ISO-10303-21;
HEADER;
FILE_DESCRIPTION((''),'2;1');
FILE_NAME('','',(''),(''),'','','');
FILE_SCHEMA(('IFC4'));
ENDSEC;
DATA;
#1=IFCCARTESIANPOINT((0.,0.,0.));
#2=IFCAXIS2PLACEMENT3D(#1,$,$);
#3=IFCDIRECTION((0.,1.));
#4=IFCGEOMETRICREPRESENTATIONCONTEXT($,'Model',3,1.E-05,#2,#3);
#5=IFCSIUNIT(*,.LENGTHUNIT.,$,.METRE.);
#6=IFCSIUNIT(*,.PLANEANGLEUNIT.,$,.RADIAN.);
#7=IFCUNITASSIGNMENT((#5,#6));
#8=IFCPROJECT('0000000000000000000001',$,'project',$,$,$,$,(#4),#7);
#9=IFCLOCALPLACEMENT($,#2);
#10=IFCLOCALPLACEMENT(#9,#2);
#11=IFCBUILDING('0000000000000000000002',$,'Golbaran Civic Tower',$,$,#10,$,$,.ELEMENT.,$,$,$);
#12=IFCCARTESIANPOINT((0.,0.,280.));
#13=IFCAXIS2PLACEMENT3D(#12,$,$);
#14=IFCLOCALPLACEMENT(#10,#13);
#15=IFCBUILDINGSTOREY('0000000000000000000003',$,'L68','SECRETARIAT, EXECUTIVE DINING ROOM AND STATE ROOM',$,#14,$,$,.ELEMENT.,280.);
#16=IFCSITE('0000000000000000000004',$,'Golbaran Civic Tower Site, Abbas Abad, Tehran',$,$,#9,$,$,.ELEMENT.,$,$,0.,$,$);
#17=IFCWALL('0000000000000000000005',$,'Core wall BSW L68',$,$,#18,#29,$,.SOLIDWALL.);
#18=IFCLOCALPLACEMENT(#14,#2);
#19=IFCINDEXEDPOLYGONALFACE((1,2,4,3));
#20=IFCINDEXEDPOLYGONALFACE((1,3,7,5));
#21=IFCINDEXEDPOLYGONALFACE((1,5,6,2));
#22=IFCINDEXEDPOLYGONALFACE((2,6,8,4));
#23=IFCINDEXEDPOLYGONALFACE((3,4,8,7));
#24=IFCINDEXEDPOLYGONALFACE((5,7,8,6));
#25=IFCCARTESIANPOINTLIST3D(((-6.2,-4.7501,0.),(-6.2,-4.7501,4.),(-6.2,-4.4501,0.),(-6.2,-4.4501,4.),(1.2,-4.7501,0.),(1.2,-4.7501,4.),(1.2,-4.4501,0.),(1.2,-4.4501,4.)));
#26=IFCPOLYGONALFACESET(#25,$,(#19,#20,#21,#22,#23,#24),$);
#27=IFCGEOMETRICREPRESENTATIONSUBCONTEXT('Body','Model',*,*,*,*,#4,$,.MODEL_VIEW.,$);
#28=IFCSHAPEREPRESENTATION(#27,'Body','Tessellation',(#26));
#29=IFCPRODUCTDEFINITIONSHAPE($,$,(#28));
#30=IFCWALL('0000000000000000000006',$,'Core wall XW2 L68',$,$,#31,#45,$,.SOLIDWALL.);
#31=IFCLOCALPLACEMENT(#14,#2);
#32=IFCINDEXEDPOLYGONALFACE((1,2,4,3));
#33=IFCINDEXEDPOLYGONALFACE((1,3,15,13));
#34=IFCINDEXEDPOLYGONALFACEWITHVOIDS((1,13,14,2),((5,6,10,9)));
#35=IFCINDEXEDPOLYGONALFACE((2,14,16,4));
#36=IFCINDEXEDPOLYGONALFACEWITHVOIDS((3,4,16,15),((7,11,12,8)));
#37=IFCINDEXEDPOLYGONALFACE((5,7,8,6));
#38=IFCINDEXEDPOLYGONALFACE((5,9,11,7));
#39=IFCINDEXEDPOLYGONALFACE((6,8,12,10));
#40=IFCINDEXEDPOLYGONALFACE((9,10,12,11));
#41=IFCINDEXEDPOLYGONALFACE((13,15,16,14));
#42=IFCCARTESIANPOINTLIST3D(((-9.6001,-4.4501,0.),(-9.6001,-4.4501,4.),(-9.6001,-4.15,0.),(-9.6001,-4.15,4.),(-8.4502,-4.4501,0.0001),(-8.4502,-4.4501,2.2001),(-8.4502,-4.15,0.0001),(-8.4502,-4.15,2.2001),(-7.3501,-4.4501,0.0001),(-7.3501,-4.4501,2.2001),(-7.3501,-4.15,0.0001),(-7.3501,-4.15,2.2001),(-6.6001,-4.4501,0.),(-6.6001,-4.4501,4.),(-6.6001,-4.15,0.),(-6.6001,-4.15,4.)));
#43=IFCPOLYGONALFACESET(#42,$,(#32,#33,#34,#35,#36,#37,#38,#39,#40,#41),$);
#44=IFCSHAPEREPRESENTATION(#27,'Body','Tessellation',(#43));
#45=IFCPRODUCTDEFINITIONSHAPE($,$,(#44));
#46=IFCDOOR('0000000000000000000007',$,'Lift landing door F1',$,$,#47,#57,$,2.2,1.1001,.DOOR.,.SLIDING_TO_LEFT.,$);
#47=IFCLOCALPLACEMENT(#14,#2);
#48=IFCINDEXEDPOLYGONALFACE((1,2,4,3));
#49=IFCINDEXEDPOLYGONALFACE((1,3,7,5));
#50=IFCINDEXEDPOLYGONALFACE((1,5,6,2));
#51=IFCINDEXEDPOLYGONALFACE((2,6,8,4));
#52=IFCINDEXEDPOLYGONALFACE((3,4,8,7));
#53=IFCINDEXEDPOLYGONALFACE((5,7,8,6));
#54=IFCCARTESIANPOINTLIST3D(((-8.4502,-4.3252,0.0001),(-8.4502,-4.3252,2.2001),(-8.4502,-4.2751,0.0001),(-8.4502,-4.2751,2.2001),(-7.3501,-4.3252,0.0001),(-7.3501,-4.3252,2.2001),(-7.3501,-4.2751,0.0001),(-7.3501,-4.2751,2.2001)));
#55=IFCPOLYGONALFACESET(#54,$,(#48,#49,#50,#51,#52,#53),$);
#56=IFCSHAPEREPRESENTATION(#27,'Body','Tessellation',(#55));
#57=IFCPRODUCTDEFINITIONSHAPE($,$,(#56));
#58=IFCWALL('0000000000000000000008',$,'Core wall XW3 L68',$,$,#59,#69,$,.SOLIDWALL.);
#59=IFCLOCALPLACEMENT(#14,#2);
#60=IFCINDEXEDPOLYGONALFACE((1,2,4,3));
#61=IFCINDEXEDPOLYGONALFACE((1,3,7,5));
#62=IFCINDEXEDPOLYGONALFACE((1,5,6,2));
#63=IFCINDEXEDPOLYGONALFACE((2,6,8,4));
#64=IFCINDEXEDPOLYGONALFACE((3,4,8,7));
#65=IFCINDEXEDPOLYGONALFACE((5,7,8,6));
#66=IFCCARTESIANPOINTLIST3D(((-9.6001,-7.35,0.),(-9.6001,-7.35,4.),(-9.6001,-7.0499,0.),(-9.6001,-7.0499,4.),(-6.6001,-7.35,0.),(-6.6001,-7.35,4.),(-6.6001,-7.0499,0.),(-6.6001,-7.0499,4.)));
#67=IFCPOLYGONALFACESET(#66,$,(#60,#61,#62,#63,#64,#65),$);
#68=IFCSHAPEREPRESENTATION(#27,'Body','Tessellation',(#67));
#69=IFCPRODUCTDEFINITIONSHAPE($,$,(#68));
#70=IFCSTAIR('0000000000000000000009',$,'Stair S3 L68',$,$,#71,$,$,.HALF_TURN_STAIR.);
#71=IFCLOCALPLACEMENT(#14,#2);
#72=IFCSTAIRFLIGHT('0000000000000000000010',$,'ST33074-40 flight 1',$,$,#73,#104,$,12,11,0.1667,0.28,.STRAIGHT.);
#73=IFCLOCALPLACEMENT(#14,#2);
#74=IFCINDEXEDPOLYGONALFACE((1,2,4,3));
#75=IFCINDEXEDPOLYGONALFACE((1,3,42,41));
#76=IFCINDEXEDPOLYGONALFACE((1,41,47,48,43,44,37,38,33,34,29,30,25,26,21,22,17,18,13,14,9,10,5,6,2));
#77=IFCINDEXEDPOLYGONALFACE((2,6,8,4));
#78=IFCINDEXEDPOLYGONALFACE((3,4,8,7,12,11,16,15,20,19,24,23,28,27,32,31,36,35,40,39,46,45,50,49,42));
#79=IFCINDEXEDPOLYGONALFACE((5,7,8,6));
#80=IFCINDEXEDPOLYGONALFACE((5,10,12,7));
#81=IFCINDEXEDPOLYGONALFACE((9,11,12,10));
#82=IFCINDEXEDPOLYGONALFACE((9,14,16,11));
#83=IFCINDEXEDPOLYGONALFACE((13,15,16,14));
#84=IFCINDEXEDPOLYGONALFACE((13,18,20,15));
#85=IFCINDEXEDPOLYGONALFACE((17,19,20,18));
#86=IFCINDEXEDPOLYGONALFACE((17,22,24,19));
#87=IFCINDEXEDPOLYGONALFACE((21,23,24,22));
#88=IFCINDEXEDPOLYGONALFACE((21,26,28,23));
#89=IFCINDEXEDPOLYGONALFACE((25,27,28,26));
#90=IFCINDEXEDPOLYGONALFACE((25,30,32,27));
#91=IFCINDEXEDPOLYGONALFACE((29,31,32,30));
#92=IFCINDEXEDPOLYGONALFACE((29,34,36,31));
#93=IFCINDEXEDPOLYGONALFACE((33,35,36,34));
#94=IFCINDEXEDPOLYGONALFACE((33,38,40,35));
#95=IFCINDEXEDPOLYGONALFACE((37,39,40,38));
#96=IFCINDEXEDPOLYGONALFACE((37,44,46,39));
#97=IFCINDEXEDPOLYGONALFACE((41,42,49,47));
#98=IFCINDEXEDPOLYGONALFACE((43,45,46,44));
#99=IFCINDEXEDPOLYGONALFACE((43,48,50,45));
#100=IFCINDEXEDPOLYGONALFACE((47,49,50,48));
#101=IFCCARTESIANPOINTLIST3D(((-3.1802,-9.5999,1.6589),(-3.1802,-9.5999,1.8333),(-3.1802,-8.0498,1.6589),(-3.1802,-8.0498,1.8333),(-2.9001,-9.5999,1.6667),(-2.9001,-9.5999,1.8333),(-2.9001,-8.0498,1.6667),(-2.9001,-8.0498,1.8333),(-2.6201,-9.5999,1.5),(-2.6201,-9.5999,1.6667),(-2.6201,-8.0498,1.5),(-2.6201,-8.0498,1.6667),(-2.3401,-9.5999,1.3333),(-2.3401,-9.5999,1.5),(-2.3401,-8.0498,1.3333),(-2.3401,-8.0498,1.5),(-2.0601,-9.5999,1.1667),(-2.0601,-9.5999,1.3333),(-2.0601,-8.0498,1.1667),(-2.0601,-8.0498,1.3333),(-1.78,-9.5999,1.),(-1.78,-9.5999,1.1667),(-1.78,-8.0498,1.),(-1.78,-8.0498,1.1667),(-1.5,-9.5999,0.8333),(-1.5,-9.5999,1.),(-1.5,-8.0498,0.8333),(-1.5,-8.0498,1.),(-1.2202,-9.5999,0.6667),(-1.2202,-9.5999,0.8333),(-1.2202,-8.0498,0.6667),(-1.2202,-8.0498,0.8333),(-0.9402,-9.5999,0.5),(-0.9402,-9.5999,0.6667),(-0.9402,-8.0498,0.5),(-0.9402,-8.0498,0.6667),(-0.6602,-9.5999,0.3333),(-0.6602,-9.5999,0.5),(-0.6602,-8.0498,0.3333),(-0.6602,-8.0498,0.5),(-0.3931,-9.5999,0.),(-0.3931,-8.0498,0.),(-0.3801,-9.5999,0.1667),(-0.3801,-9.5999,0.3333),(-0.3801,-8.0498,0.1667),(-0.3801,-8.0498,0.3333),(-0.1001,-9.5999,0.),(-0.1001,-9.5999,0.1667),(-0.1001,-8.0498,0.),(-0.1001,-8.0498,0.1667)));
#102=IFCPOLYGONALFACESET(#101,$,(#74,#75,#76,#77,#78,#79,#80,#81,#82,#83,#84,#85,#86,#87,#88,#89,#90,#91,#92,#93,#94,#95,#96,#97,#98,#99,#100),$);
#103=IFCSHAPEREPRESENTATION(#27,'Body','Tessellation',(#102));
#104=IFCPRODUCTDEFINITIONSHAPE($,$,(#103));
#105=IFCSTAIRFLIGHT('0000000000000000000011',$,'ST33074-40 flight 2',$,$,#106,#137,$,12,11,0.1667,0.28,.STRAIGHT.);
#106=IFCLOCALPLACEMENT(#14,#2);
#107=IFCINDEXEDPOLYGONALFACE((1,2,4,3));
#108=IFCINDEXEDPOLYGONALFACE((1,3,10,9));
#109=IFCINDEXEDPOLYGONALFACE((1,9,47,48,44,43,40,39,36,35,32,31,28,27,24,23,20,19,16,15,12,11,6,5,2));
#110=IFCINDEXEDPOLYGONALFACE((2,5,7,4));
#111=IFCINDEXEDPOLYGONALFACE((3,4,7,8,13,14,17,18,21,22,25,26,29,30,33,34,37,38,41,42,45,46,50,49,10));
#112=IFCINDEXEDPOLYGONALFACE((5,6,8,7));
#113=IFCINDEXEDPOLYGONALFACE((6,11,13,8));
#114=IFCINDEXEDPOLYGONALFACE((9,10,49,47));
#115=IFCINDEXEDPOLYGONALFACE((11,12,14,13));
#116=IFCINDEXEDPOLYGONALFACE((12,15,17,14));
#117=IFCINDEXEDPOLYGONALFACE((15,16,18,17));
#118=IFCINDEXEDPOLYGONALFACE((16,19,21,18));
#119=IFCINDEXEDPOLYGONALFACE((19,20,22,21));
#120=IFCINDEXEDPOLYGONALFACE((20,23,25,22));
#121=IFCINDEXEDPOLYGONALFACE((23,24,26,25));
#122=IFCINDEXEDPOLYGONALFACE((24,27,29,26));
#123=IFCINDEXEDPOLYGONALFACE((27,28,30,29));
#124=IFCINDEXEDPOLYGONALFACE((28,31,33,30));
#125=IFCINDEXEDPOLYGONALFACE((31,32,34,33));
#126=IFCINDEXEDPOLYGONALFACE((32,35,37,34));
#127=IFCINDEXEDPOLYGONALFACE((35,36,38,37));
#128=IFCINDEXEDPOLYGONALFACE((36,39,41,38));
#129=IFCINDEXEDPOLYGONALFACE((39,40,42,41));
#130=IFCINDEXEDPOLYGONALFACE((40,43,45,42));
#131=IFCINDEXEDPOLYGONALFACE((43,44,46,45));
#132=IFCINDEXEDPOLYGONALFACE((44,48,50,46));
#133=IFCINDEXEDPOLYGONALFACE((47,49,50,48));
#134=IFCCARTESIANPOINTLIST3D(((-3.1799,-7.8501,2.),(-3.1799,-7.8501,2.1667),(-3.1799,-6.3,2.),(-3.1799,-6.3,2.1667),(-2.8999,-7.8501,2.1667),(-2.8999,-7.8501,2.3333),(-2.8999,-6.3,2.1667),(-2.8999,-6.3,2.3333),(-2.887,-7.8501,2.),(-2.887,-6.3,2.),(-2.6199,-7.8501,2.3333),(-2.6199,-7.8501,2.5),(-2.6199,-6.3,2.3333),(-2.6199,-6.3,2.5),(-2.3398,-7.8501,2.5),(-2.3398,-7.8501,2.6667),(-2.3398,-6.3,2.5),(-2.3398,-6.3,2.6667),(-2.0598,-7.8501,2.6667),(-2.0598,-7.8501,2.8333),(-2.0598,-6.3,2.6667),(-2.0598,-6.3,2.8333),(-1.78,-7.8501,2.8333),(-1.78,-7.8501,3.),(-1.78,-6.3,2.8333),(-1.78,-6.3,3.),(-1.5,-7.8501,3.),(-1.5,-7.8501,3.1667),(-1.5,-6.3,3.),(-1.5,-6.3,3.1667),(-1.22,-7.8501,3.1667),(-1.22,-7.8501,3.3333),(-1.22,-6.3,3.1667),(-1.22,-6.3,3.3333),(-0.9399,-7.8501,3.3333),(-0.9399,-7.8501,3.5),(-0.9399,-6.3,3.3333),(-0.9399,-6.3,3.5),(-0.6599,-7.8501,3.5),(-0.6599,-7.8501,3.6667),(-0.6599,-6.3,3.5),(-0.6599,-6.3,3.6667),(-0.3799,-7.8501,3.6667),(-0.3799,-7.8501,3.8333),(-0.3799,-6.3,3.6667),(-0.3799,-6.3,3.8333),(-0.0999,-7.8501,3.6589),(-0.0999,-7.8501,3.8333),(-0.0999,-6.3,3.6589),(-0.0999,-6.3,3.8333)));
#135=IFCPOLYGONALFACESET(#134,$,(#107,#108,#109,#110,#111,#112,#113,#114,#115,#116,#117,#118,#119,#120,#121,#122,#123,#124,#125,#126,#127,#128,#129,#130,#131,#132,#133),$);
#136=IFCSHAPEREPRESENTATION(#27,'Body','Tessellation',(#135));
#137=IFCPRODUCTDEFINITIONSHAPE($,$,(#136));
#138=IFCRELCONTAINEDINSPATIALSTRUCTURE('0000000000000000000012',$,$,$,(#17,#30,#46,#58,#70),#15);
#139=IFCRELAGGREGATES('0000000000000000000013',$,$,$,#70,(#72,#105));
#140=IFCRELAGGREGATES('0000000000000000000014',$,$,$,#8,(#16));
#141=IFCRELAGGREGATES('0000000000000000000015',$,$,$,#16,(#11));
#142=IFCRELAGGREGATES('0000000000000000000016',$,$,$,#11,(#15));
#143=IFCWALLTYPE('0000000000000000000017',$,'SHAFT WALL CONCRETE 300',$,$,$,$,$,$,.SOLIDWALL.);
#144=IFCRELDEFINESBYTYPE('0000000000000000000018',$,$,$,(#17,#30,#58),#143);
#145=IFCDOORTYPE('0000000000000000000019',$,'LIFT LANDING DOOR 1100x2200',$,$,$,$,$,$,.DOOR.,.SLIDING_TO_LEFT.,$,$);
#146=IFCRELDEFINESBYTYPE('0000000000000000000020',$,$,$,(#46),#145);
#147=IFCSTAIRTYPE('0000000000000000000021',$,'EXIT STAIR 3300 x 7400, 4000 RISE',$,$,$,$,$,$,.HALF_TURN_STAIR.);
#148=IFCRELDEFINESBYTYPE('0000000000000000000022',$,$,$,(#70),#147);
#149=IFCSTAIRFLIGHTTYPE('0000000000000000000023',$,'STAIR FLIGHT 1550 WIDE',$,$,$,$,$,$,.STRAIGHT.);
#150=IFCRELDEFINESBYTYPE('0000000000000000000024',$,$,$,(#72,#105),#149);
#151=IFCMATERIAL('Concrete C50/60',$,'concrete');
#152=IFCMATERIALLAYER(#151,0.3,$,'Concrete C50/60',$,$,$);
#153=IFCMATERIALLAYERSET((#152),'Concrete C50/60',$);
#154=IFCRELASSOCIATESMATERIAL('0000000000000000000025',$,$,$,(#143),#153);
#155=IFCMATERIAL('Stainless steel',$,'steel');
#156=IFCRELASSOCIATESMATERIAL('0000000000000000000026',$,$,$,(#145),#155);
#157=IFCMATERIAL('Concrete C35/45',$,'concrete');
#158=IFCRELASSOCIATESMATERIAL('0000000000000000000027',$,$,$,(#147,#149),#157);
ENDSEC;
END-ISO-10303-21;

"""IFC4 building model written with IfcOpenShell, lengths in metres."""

from ifc_helpers import new_model, si_unit, direction, frame, frame_2d, origin, place, context, subcontext, project, spatial, polyline, rectangle, outline, extrude, material, layer, layer_set, type_object, element, fill, aggregate, save


model = new_model("IFC4")

# Units and contexts
model_context = context("Model", 3, precision=1e-05, world=origin(), true_north=direction((0.0, 1.0)))
body_context = subcontext(model_context, "Body", "Model", "MODEL_VIEW")
ifc_project = project(units=[si_unit("LENGTHUNIT", "METRE"), si_unit("PLANEANGLEUNIT", "RADIAN")], contexts=[model_context])

# Site, building, storey
site_placement = place(None, origin())
site = spatial("IfcSite", under=ifc_project, at=site_placement, Name="Golbaran Civic Tower Site, Abbas Abad, Tehran", CompositionType="ELEMENT", RefElevation=0.0)
building_placement = place(site_placement, origin())
building = spatial("IfcBuilding", under=site, at=building_placement, Name="Golbaran Civic Tower", CompositionType="ELEMENT")
storey_placement = place(building_placement, frame((0.0, 0.0, 280.0)))
storey = spatial("IfcBuildingStorey", under=building, at=storey_placement, Name="L68", Description="SECRETARIAT, EXECUTIVE DINING ROOM AND STATE ROOM", CompositionType="ELEMENT", Elevation=280.0)

# Shared definitions
ifc_material_1 = material(Name="Concrete C50/60", Category="concrete")

# Shared definitions
ifc_layer_1 = layer(ifc_material_1, 0.3, Name="Concrete C50/60")
ifc_layer_set_1 = layer_set([ifc_layer_1], Name="Concrete C50/60")
wall_type_1 = type_object("IfcWallType", Name="SHAFT WALL CONCRETE 300", PredefinedType="SOLIDWALL", material=ifc_layer_set_1)

# Wall
wall_1_placement = place(storey_placement, frame((-6.2, -4.6001, 0.0), z_axis=(0.0, 0.0, 1.0), x_axis=(1.0, 0.0, 0.0)))
element("IfcWall", 1, at=wall_1_placement, inside=storey, type_object=wall_type_1, Name="Core wall BSW L68", PredefinedType="SOLIDWALL", context=body_context, shape_type="SweptSolid", body=[
    extrude(rectangle(XDim=7.3999, YDim=0.3, at=frame_2d((3.7, 0.0))), origin(), (0.0, 0.0, 1.0), 4.0),
])

# Wall, opening, door
wall_2_placement = place(storey_placement, frame((-9.6001, -4.3, 0.0), z_axis=(0.0, 0.0, 1.0), x_axis=(1.0, 0.0, 0.0)))
wall_2 = element("IfcWall", 2, at=wall_2_placement, inside=storey, type_object=wall_type_1, Name="Core wall XW2 L68", PredefinedType="SOLIDWALL", context=body_context, shape_type="SweptSolid", body=[
    extrude(rectangle(XDim=3.0, YDim=0.3, at=frame_2d((1.5, 0.0))), origin(), (0.0, 0.0, 1.0), 4.0),
])
opening_1_placement = place(wall_2_placement, frame((1.1499, 0.0, 0.0)))
opening_1 = element("IfcOpeningElement", 3, at=opening_1_placement, cuts=wall_2, PredefinedType="OPENING", context=body_context, shape_type="SweptSolid", body=[
    extrude(rectangle(XDim=1.1001, YDim=2.2, at=frame_2d((0.55, 1.1001))), frame((0.0, 0.1599, 0.0), z_axis=(0.0, -1.0, 0.0), x_axis=(1.0, 0.0, 0.0)), (0.0, 0.0, 1.0), 0.3201),
])
ifc_material_2 = material(Name="Stainless steel", Category="steel")
door_type_1 = type_object("IfcDoorType", Name="LIFT LANDING DOOR 1100x2200", OperationType="SLIDING_TO_LEFT", PredefinedType="DOOR", material=ifc_material_2)
door_1_placement = place(opening_1_placement, origin())
door_1 = element("IfcDoor", 4, at=door_1_placement, inside=storey, type_object=door_type_1, Name="Lift landing door F1", OperationType="SLIDING_TO_LEFT", OverallHeight=2.2, OverallWidth=1.1001, PredefinedType="DOOR", context=body_context, shape_type="SweptSolid", body=[
    extrude(rectangle(XDim=1.1001, YDim=2.2, at=frame_2d((0.55, 1.1001))), frame((0.0, 0.0249, 0.0), z_axis=(0.0, -1.0, 0.0), x_axis=(1.0, 0.0, 0.0)), (0.0, 0.0, 1.0), 0.05),
])
fill(opening_1, door_1)

# Wall
wall_3_placement = place(storey_placement, frame((-9.6001, -7.2, 0.0), z_axis=(0.0, 0.0, 1.0), x_axis=(1.0, 0.0, 0.0)))
element("IfcWall", 5, at=wall_3_placement, inside=storey, type_object=wall_type_1, Name="Core wall XW3 L68", PredefinedType="SOLIDWALL", context=body_context, shape_type="SweptSolid", body=[
    extrude(rectangle(XDim=3.0, YDim=0.3, at=frame_2d((1.5, 0.0))), origin(), (0.0, 0.0, 1.0), 4.0),
])

# Stair, stair flights
ifc_material_3 = material(Name="Concrete C35/45", Category="concrete")
stair_type = type_object("IfcStairType", Name="EXIT STAIR 3300 x 7400, 4000 RISE", PredefinedType="HALF_TURN_STAIR", material=ifc_material_3)
stair_placement = place(storey_placement, origin())
stair = element("IfcStair", 6, at=stair_placement, inside=storey, type_object=stair_type, Name="Stair S3 L68", PredefinedType="HALF_TURN_STAIR")
stair_flight_type = type_object("IfcStairFlightType", Name="STAIR FLIGHT 1550 WIDE", PredefinedType="STRAIGHT", material=ifc_material_3)
stair_flight_1_placement = place(storey_placement, frame((-0.1001, -8.825, 0.0), z_axis=(0.0, 0.0, 1.0), x_axis=(-1.0, 0.0, 0.0)))
stair_flight_1 = element("IfcStairFlight", 7, at=stair_flight_1_placement, type_object=stair_flight_type, Name="ST33074-40 flight 1", NumberOfRisers=12, NumberOfTreads=11, PredefinedType="STRAIGHT", RiserHeight=0.1667, TreadLength=0.28, context=body_context, shape_type="SweptSolid", body=[
    extrude(outline(polyline([(0.0, 0.0), (0.0, 0.1667), (0.28, 0.1667), (0.28, 0.3333), (0.5601, 0.3333), (0.5601, 0.5), (0.8401, 0.5), (0.8401, 0.6667), (1.1201, 0.6667), (1.1201, 0.8333), (1.3999, 0.8333), (1.3999, 1.0), (1.6799, 1.0), (1.6799, 1.1667), (1.96, 1.1667), (1.96, 1.3333), (2.24, 1.3333), (2.24, 1.5), (2.52, 1.5), (2.52, 1.6667), (2.8, 1.6667), (2.8, 1.8333), (3.0801, 1.8333), (3.0801, 2.0), (3.0801, 1.6589), (0.293, 0.0), (0.0, 0.0)])), frame((0.0, 0.7749, 0.0), z_axis=(0.0, -1.0, 0.0), x_axis=(1.0, 0.0, 0.0)), (0.0, 0.0, 1.0), 1.55),
])
stair_flight_2_placement = place(storey_placement, frame((-3.1799, -7.075, 2.0), z_axis=(0.0, 0.0, 1.0), x_axis=(1.0, 0.0, 0.0)))
stair_flight_2 = element("IfcStairFlight", 8, at=stair_flight_2_placement, type_object=stair_flight_type, Name="ST33074-40 flight 2", NumberOfRisers=12, NumberOfTreads=11, PredefinedType="STRAIGHT", RiserHeight=0.1667, TreadLength=0.28, context=body_context, shape_type="SweptSolid", body=[
    extrude(outline(polyline([(0.0, 0.0), (0.0, 0.1667), (0.28, 0.1667), (0.28, 0.3333), (0.5601, 0.3333), (0.5601, 0.5), (0.8401, 0.5), (0.8401, 0.6667), (1.1201, 0.6667), (1.1201, 0.8333), (1.3999, 0.8333), (1.3999, 1.0), (1.6799, 1.0), (1.6799, 1.1667), (1.96, 1.1667), (1.96, 1.3333), (2.24, 1.3333), (2.24, 1.5), (2.52, 1.5), (2.52, 1.6667), (2.8, 1.6667), (2.8, 1.8333), (3.0801, 1.8333), (3.0801, 2.0), (3.0801, 1.6589), (0.293, 0.0), (0.0, 0.0)])), frame((0.0, 0.7749, 0.0), z_axis=(0.0, -1.0, 0.0), x_axis=(1.0, 0.0, 0.0)), (0.0, 0.0, 1.0), 1.55),
])
aggregate(stair, [stair_flight_1, stair_flight_2])

save(model, "model.ifc")
